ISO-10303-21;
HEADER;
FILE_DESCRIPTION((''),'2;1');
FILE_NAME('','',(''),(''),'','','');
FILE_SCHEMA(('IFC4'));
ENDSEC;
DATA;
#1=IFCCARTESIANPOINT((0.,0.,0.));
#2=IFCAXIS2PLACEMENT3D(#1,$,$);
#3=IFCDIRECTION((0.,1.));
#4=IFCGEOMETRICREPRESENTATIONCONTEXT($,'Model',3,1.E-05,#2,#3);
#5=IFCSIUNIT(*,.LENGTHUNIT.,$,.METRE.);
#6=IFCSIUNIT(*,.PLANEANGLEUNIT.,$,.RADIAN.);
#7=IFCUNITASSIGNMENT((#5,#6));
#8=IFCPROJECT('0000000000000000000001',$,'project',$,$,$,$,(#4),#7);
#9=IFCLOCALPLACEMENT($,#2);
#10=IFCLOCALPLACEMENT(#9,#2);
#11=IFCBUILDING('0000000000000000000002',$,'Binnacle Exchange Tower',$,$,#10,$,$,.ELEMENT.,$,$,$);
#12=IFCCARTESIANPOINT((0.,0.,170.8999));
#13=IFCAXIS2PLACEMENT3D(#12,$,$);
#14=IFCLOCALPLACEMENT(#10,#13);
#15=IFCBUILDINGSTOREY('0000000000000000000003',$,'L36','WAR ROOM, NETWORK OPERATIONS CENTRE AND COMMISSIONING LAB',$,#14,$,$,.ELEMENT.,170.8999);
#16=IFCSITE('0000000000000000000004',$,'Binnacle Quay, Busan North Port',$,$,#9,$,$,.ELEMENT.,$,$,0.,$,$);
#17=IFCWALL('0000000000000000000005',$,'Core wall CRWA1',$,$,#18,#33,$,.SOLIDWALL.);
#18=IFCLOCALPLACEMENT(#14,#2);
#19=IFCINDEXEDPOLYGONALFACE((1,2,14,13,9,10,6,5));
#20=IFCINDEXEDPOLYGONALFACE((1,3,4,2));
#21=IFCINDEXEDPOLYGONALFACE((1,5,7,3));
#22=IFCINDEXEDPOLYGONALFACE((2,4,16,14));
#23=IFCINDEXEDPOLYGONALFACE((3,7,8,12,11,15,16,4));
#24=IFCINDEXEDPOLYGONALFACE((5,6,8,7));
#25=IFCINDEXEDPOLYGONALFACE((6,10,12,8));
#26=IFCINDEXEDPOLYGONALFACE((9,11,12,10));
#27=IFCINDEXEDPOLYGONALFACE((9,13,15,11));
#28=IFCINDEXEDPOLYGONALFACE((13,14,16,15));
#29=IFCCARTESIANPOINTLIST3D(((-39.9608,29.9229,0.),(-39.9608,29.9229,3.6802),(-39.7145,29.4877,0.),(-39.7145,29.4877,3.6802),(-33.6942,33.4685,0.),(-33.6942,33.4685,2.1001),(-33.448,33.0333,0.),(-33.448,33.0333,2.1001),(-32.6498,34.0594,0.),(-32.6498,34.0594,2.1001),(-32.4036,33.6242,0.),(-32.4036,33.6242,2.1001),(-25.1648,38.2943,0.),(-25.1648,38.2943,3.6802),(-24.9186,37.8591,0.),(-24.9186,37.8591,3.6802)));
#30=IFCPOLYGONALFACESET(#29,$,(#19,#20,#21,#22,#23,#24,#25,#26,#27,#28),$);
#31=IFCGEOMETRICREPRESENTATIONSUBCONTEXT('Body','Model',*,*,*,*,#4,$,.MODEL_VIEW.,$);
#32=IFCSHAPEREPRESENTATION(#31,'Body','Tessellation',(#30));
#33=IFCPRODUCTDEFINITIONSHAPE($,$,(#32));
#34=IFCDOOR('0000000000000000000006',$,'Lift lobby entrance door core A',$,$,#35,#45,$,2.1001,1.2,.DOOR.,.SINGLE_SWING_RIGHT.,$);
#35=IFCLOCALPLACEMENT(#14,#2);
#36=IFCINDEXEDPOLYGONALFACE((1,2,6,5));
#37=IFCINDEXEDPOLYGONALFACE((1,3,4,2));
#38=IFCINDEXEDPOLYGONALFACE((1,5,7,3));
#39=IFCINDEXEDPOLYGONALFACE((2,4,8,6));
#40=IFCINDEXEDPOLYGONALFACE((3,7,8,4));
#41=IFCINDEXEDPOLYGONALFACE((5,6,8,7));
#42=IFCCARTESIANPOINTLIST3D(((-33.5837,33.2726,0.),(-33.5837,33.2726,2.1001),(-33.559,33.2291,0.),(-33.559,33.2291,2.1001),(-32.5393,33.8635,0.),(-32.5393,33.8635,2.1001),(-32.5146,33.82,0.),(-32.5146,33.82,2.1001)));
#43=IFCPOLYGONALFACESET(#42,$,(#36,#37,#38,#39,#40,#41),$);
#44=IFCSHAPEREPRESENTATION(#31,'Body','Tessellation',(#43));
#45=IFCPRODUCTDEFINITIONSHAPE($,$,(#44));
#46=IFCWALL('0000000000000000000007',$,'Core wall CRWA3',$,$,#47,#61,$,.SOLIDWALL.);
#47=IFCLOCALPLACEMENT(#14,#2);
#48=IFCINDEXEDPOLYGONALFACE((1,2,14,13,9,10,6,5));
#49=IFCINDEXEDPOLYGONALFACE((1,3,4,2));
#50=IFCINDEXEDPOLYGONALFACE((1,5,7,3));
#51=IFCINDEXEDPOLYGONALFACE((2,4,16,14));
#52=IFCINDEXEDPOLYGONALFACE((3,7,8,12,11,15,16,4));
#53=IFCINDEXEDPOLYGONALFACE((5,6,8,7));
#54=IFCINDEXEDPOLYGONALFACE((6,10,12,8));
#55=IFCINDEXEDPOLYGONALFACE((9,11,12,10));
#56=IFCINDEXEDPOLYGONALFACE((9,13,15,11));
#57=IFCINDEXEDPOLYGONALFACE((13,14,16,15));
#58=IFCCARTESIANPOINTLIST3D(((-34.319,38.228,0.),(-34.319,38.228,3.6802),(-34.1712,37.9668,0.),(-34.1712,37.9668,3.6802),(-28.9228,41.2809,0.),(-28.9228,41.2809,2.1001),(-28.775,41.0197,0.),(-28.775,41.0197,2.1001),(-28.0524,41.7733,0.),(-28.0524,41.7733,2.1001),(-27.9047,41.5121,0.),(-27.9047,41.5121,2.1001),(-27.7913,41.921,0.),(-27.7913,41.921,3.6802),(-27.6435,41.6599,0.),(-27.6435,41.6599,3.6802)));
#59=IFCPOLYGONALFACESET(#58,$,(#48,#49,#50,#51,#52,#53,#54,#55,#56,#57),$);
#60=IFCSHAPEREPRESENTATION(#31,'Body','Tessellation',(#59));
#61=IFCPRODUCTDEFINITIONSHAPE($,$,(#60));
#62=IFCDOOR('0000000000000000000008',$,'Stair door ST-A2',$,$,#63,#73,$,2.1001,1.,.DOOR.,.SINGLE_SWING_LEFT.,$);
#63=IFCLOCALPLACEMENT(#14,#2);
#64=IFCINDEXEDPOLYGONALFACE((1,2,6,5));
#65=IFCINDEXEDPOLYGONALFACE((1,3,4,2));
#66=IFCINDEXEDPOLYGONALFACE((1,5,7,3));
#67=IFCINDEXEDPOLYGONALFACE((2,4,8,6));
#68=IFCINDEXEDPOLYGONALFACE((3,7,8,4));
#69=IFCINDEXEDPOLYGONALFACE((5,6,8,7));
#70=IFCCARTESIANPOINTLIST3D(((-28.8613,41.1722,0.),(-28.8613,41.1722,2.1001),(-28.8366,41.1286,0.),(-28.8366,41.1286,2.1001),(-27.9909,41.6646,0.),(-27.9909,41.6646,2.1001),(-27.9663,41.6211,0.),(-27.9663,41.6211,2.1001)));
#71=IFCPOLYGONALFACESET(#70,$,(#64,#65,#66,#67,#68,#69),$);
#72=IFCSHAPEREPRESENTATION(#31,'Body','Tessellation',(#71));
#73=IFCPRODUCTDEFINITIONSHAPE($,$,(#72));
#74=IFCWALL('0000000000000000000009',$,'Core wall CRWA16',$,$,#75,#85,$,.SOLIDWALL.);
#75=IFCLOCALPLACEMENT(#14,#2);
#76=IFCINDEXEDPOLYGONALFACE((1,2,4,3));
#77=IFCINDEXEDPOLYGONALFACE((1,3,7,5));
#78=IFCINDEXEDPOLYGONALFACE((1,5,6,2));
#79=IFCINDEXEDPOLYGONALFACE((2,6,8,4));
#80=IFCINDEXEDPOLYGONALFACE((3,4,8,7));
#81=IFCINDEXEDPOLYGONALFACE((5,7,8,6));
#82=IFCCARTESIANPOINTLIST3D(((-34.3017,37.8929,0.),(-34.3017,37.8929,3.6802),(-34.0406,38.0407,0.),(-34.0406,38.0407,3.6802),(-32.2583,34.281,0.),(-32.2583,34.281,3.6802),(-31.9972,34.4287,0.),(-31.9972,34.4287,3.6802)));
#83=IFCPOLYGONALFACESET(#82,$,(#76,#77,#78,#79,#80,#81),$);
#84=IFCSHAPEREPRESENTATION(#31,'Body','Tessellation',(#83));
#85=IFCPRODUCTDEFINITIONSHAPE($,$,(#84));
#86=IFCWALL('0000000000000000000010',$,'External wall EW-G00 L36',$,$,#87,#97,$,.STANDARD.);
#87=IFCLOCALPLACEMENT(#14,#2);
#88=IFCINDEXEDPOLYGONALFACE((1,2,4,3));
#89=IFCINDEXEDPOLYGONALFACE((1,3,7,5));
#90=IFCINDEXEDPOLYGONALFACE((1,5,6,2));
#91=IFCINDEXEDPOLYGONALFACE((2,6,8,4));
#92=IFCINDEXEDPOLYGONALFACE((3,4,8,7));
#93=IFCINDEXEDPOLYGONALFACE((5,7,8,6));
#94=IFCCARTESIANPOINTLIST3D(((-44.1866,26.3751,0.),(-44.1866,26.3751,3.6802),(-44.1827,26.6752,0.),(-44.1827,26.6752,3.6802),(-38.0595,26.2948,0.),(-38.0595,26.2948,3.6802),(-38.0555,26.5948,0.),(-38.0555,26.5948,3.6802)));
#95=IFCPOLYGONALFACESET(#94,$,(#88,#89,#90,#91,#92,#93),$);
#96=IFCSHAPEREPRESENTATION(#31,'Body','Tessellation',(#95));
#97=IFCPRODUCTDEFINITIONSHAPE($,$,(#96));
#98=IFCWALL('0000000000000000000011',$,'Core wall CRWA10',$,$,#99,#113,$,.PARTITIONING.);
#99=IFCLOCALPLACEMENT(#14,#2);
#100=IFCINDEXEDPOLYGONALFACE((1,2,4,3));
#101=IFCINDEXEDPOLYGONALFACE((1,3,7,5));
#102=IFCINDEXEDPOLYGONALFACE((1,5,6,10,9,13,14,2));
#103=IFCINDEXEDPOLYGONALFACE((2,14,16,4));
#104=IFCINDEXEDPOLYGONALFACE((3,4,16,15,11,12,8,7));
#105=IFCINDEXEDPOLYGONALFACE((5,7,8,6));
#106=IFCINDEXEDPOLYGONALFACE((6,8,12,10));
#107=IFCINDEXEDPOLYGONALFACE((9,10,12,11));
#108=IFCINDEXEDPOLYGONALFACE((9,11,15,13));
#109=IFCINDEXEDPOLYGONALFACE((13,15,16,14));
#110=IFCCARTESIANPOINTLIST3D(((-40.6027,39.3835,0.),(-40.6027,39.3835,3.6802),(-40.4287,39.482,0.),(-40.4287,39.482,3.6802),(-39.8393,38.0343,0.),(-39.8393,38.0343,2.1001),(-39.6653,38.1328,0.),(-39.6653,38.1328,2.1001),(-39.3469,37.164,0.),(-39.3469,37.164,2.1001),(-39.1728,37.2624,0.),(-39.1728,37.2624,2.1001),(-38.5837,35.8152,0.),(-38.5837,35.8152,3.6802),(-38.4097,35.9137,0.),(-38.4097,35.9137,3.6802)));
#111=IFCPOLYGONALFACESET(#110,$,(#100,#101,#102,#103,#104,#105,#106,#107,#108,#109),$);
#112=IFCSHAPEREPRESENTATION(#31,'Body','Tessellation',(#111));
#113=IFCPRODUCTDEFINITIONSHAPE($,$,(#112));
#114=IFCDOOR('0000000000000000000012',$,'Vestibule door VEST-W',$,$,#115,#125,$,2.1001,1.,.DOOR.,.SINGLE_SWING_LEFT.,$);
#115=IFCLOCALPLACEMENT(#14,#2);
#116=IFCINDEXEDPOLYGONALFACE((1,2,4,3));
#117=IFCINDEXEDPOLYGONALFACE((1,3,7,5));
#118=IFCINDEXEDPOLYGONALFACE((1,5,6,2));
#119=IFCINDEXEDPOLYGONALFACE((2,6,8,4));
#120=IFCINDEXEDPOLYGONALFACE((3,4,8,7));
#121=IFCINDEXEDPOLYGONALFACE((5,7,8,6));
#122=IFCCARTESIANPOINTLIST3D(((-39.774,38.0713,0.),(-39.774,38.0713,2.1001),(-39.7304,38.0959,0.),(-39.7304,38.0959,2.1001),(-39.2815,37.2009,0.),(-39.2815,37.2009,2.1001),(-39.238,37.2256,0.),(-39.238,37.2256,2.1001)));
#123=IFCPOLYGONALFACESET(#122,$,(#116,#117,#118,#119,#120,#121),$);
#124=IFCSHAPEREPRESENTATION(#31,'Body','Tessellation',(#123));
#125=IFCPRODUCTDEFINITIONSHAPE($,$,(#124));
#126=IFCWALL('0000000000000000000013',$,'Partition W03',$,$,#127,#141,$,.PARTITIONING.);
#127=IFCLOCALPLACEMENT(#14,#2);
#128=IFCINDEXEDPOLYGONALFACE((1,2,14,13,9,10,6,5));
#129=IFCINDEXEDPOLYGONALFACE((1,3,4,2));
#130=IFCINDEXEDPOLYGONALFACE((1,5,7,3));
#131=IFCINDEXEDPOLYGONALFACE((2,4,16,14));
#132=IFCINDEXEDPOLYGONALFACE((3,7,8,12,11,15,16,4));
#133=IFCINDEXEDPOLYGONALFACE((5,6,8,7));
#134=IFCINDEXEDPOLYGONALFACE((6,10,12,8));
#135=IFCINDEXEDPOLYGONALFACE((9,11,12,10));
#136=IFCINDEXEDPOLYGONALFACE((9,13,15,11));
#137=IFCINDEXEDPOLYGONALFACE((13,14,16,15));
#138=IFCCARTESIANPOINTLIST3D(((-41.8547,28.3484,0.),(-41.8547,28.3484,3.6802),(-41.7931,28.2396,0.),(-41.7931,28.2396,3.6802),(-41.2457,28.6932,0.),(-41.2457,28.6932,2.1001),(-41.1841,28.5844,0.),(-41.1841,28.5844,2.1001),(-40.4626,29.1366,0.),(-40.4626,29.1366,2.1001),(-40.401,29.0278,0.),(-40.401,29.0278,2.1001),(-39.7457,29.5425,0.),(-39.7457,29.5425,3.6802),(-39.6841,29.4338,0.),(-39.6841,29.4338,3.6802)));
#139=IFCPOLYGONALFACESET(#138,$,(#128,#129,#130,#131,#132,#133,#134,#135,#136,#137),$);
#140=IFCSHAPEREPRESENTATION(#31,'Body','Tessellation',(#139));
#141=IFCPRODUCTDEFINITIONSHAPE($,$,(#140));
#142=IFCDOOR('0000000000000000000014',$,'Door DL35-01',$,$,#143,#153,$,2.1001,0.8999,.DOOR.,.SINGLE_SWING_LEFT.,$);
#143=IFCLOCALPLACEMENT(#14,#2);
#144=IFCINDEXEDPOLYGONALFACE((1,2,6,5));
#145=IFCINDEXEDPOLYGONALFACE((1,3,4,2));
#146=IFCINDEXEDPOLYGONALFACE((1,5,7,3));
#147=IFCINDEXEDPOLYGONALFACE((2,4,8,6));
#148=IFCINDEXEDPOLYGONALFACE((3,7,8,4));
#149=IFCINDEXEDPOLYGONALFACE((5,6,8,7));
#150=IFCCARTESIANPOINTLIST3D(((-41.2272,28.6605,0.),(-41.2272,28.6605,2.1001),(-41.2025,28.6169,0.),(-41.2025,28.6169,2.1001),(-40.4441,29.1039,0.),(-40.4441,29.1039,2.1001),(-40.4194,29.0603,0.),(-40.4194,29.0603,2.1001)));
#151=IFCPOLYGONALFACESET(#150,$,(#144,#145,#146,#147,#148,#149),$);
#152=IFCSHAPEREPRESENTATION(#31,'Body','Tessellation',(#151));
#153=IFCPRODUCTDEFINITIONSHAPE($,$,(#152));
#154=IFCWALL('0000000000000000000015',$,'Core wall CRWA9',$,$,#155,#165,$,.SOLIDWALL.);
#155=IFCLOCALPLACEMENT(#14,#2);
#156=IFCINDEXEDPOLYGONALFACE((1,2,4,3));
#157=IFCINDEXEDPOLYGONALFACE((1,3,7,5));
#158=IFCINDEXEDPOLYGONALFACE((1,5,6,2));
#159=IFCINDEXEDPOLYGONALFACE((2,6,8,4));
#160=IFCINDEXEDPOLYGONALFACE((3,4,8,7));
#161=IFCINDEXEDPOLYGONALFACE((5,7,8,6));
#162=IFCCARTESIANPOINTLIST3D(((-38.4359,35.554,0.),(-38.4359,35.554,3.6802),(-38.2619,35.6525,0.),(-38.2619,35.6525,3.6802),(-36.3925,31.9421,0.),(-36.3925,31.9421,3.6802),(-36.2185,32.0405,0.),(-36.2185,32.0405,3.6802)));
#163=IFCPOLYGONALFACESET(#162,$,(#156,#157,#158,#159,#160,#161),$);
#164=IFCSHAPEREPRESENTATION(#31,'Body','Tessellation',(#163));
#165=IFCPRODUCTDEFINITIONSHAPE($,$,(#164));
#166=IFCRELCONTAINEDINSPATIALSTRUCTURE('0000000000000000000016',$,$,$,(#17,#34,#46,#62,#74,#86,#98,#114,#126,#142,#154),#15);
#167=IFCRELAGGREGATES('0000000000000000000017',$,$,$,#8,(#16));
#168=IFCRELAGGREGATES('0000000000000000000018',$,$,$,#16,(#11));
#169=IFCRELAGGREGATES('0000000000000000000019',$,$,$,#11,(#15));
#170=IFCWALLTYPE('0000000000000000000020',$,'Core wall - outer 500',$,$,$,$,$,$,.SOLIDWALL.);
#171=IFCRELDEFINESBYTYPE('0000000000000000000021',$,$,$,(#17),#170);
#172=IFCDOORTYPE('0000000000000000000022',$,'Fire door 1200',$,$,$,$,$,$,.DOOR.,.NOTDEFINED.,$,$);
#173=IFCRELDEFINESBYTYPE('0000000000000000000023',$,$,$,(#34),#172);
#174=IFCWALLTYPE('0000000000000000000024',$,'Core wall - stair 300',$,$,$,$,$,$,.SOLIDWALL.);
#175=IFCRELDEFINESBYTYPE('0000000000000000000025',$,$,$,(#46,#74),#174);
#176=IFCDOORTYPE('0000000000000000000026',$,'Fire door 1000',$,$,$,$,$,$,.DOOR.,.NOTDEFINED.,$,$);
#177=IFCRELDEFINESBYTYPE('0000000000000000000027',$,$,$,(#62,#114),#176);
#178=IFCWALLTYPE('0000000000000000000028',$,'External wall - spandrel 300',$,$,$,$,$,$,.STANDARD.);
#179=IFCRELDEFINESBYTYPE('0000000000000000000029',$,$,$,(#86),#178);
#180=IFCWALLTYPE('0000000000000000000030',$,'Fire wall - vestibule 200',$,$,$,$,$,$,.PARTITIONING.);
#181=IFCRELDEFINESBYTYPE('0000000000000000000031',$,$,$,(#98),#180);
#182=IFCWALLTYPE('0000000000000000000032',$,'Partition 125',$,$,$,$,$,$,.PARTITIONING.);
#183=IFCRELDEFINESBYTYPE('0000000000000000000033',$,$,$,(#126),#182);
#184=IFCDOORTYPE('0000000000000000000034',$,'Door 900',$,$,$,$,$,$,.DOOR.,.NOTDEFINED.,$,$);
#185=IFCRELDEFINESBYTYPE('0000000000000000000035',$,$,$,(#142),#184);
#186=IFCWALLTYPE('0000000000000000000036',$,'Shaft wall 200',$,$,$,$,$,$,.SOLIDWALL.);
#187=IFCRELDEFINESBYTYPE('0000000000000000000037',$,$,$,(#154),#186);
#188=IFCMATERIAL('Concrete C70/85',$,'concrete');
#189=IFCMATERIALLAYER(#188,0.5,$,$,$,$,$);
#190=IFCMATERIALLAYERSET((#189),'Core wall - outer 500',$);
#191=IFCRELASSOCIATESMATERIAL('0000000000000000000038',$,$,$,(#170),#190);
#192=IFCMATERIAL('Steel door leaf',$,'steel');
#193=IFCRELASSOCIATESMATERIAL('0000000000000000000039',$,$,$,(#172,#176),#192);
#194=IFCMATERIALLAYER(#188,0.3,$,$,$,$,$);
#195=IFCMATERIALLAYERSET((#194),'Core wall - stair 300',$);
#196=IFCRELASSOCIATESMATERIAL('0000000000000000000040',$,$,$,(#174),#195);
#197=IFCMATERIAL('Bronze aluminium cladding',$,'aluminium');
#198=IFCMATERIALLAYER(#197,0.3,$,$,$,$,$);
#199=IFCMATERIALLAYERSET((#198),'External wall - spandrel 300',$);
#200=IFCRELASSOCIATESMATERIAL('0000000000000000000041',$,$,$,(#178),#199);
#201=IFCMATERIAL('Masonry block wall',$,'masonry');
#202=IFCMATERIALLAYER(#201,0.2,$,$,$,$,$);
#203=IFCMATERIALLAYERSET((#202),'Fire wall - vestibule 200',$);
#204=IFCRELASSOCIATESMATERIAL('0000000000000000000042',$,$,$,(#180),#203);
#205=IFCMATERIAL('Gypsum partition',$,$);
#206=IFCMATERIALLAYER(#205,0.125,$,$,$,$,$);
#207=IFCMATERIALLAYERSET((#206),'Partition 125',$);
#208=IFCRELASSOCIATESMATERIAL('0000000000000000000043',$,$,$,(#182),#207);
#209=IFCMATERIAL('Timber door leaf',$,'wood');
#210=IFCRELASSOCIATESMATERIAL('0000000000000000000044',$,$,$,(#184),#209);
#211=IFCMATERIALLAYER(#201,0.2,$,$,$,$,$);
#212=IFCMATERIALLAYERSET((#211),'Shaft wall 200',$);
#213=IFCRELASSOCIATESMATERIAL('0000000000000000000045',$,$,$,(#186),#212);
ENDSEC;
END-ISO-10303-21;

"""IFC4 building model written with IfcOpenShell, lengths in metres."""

from ifc_helpers import new_model, si_unit, direction, frame, frame_2d, origin, place, context, subcontext, project, spatial, rectangle, extrude, material, layer, layer_set, type_object, element, fill, save


model = new_model("IFC4")

# Units and contexts
model_context = context("Model", 3, precision=1e-05, world=origin(), true_north=direction((0.0, 1.0)))
body_context = subcontext(model_context, "Body", "Model", "MODEL_VIEW")
ifc_project = project(units=[si_unit("LENGTHUNIT", "METRE"), si_unit("PLANEANGLEUNIT", "RADIAN")], contexts=[model_context])

# Site, building, storey
site_placement = place(None, origin())
site = spatial("IfcSite", under=ifc_project, at=site_placement, Name="Binnacle Quay, Busan North Port", CompositionType="ELEMENT", RefElevation=0.0)
building_placement = place(site_placement, origin())
building = spatial("IfcBuilding", under=site, at=building_placement, Name="Binnacle Exchange Tower", CompositionType="ELEMENT")
storey_placement = place(building_placement, frame((0.0, 0.0, 170.8999)))
storey = spatial("IfcBuildingStorey", under=building, at=storey_placement, Name="L36", Description="WAR ROOM, NETWORK OPERATIONS CENTRE AND COMMISSIONING LAB", CompositionType="ELEMENT", Elevation=170.8999)

# Shared definitions
ifc_material_1 = material(Name="Concrete C70/85", Category="concrete")

# Shared definitions
ifc_material_2 = material(Name="Steel door leaf", Category="steel")

# Walls, openings, doors
ifc_layer_1 = layer(ifc_material_1, 0.5)
ifc_layer_set_1 = layer_set([ifc_layer_1], Name="Core wall - outer 500")
wall_type_1 = type_object("IfcWallType", Name="Core wall - outer 500", PredefinedType="SOLIDWALL", material=ifc_layer_set_1)
wall_1_placement = place(storey_placement, frame((-39.8376, 29.7053, 0.0), z_axis=(0.0, 0.0, 1.0), x_axis=(0.87035, 0.492433, 0.0)))
wall_1 = element("IfcWall", 1, at=wall_1_placement, inside=storey, type_object=wall_type_1, Name="Core wall CRWA1", PredefinedType="SOLIDWALL", context=body_context, shape_type="SweptSolid", body=[
    extrude(rectangle(XDim=17.0, YDim=0.5, at=frame_2d((8.5, 0.0))), origin(), (0.0, 0.0, 1.0), 3.6802),
])
opening_1_placement = place(wall_1_placement, frame((7.2, 0.0, 0.0)))
opening_1 = element("IfcOpeningElement", 2, at=opening_1_placement, cuts=wall_1, PredefinedType="OPENING", context=body_context, shape_type="SweptSolid", body=[
    extrude(rectangle(XDim=1.2, YDim=2.1001, at=frame_2d((0.6001, 1.05))), frame((0.0, 0.26, 0.0), z_axis=(0.0, -1.0, 0.0), x_axis=(1.0, 0.0, 0.0)), (0.0, 0.0, 1.0), 0.52),
])
door_type_1 = type_object("IfcDoorType", Name="Fire door 1200", OperationType="NOTDEFINED", PredefinedType="DOOR", material=ifc_material_2)
door_1_placement = place(opening_1_placement, frame((1.2, 0.0, 0.0), z_axis=(0.0, 0.0, 1.0), x_axis=(-1.0, 0.0, 0.0)))
door_1 = element("IfcDoor", 3, at=door_1_placement, inside=storey, type_object=door_type_1, Name="Lift lobby entrance door core A", OperationType="SINGLE_SWING_RIGHT", OverallHeight=2.1001, OverallWidth=1.2, PredefinedType="DOOR", context=body_context, shape_type="SweptSolid", body=[
    extrude(rectangle(XDim=1.2, YDim=2.1001, at=frame_2d((0.6001, 1.05))), frame((0.0, 0.0249, 0.0), z_axis=(0.0, -1.0, 0.0), x_axis=(1.0, 0.0, 0.0)), (0.0, 0.0, 1.0), 0.05),
])
fill(opening_1, door_1)
ifc_layer_2 = layer(ifc_material_1, 0.3)
ifc_layer_set_2 = layer_set([ifc_layer_2], Name="Core wall - stair 300")
wall_type_2 = type_object("IfcWallType", Name="Core wall - stair 300", PredefinedType="SOLIDWALL", material=ifc_layer_set_2)
wall_2_placement = place(storey_placement, frame((-34.2451, 38.0974, 0.0), z_axis=(0.0, 0.0, 1.0), x_axis=(0.870365, 0.492408, 0.0)))
wall_2 = element("IfcWall", 4, at=wall_2_placement, inside=storey, type_object=wall_type_2, Name="Core wall CRWA3", PredefinedType="SOLIDWALL", context=body_context, shape_type="SweptSolid", body=[
    extrude(rectangle(XDim=7.5, YDim=0.3, at=frame_2d((3.75, 0.0))), origin(), (0.0, 0.0, 1.0), 3.6802),
])
opening_2_placement = place(wall_2_placement, frame((6.2, 0.0, 0.0)))
opening_2 = element("IfcOpeningElement", 5, at=opening_2_placement, cuts=wall_2, PredefinedType="OPENING", context=body_context, shape_type="SweptSolid", body=[
    extrude(rectangle(XDim=1.0, YDim=2.1001, at=frame_2d((0.5, 1.05))), frame((0.0, 0.1599, 0.0), z_axis=(0.0, -1.0, 0.0), x_axis=(1.0, 0.0, 0.0)), (0.0, 0.0, 1.0), 0.3201),
])
door_type_2 = type_object("IfcDoorType", Name="Fire door 1000", OperationType="NOTDEFINED", PredefinedType="DOOR", material=ifc_material_2)
door_2_placement = place(opening_2_placement, frame((1.0, 0.0, 0.0), z_axis=(0.0, 0.0, 1.0), x_axis=(-1.0, 0.0, 0.0)))
door_2 = element("IfcDoor", 6, at=door_2_placement, inside=storey, type_object=door_type_2, Name="Stair door ST-A2", OperationType="SINGLE_SWING_LEFT", OverallHeight=2.1001, OverallWidth=1.0, PredefinedType="DOOR", context=body_context, shape_type="SweptSolid", body=[
    extrude(rectangle(XDim=1.0, YDim=2.1001, at=frame_2d((0.5, 1.05))), frame((0.0, 0.0249, 0.0), z_axis=(0.0, -1.0, 0.0), x_axis=(1.0, 0.0, 0.0)), (0.0, 0.0, 1.0), 0.05),
])
fill(opening_2, door_2)

# Walls
wall_3_placement = place(storey_placement, frame((-34.1711, 37.9668, 0.0), z_axis=(0.0, 0.0, 1.0), x_axis=(0.492396, -0.870371, 0.0)))
element("IfcWall", 7, at=wall_3_placement, inside=storey, type_object=wall_type_2, Name="Core wall CRWA16", PredefinedType="SOLIDWALL", context=body_context, shape_type="SweptSolid", body=[
    extrude(rectangle(XDim=4.1499, YDim=0.3, at=frame_2d((2.075, 0.0))), origin(), (0.0, 0.0, 1.0), 3.6802),
])
ifc_material_3 = material(Name="Bronze aluminium cladding", Category="aluminium")
ifc_layer_3 = layer(ifc_material_3, 0.3)
ifc_layer_set_3 = layer_set([ifc_layer_3], Name="External wall - spandrel 300")
wall_type_3 = type_object("IfcWallType", Name="External wall - spandrel 300", PredefinedType="STANDARD", material=ifc_layer_set_3)
wall_4_placement = place(storey_placement, frame((-38.0574, 26.4448, 0.0), z_axis=(0.0, 0.0, 1.0), x_axis=(-0.999914, 0.013108, 0.0)))
element("IfcWall", 8, at=wall_4_placement, inside=storey, type_object=wall_type_3, Name="External wall EW-G00 L36", PredefinedType="STANDARD", context=body_context, shape_type="SweptSolid", body=[
    extrude(rectangle(XDim=6.1277, YDim=0.3, at=frame_2d((3.064, 0.0))), origin(), (0.0, 0.0, 1.0), 3.6802),
])

# Walls, openings, doors
ifc_material_4 = material(Name="Masonry block wall", Category="masonry")
ifc_layer_4 = layer(ifc_material_4, 0.2)
ifc_layer_set_4 = layer_set([ifc_layer_4], Name="Fire wall - vestibule 200")
wall_type_4 = type_object("IfcWallType", Name="Fire wall - vestibule 200", PredefinedType="PARTITIONING", material=ifc_layer_set_4)
wall_5_placement = place(storey_placement, frame((-40.5156, 39.4326, 0.0), z_axis=(0.0, 0.0, 1.0), x_axis=(0.492454, -0.870339, 0.0)))
wall_5 = element("IfcWall", 9, at=wall_5_placement, inside=storey, type_object=wall_type_4, Name="Core wall CRWA10", PredefinedType="PARTITIONING", context=body_context, shape_type="SweptSolid", body=[
    extrude(rectangle(XDim=4.0999, YDim=0.2, at=frame_2d((2.0498, 0.0))), origin(), (0.0, 0.0, 1.0), 3.6802),
])
opening_3_placement = place(wall_5_placement, frame((1.55, 0.0, 0.0)))
opening_3 = element("IfcOpeningElement", 10, at=opening_3_placement, cuts=wall_5, PredefinedType="OPENING", context=body_context, shape_type="SweptSolid", body=[
    extrude(rectangle(XDim=1.0, YDim=2.1001, at=frame_2d((0.5, 1.05))), frame((0.0, 0.1099, 0.0), z_axis=(0.0, -1.0, 0.0), x_axis=(1.0, 0.0, 0.0)), (0.0, 0.0, 1.0), 0.22),
])
door_3_placement = place(opening_3_placement, frame((1.0, 0.0, 0.0), z_axis=(0.0, 0.0, 1.0), x_axis=(-1.0, 0.0, 0.0)))
door_3 = element("IfcDoor", 11, at=door_3_placement, inside=storey, type_object=door_type_2, Name="Vestibule door VEST-W", OperationType="SINGLE_SWING_LEFT", OverallHeight=2.1001, OverallWidth=1.0, PredefinedType="DOOR", context=body_context, shape_type="SweptSolid", body=[
    extrude(rectangle(XDim=1.0, YDim=2.1001, at=frame_2d((0.5, 1.05))), frame((0.0, 0.0249, 0.0), z_axis=(0.0, -1.0, 0.0), x_axis=(1.0, 0.0, 0.0)), (0.0, 0.0, 1.0), 0.05),
])
fill(opening_3, door_3)
ifc_material_5 = material(Name="Gypsum partition")
ifc_layer_5 = layer(ifc_material_5, 0.125)
ifc_layer_set_5 = layer_set([ifc_layer_5], Name="Partition 125")
wall_type_5 = type_object("IfcWallType", Name="Partition 125", PredefinedType="PARTITIONING", material=ifc_layer_set_5)
wall_6_placement = place(storey_placement, frame((-41.824, 28.2939, 0.0), z_axis=(0.0, 0.0, 1.0), x_axis=(0.870189, 0.492718, 0.0)))
wall_6 = element("IfcWall", 12, at=wall_6_placement, inside=storey, type_object=wall_type_5, Name="Partition W03", PredefinedType="PARTITIONING", context=body_context, shape_type="SweptSolid", body=[
    extrude(rectangle(XDim=2.4236, YDim=0.125, at=frame_2d((1.2119, 0.0))), origin(), (0.0, 0.0, 1.0), 3.6802),
])
opening_4_placement = place(wall_6_placement, frame((0.7, 0.0, 0.0)))
opening_4 = element("IfcOpeningElement", 13, at=opening_4_placement, cuts=wall_6, PredefinedType="OPENING", context=body_context, shape_type="SweptSolid", body=[
    extrude(rectangle(XDim=0.8999, YDim=2.1001, at=frame_2d((0.45, 1.05))), frame((0.0, 0.0725, 0.0), z_axis=(0.0, -1.0, 0.0), x_axis=(1.0, 0.0, 0.0)), (0.0, 0.0, 1.0), 0.145),
])
ifc_material_6 = material(Name="Timber door leaf", Category="wood")
door_type_3 = type_object("IfcDoorType", Name="Door 900", OperationType="NOTDEFINED", PredefinedType="DOOR", material=ifc_material_6)
door_4_placement = place(opening_4_placement, origin())
door_4 = element("IfcDoor", 14, at=door_4_placement, inside=storey, type_object=door_type_3, Name="Door DL35-01", OperationType="SINGLE_SWING_LEFT", OverallHeight=2.1001, OverallWidth=0.8999, PredefinedType="DOOR", context=body_context, shape_type="SweptSolid", body=[
    extrude(rectangle(XDim=0.8999, YDim=2.1001, at=frame_2d((0.45, 1.05))), frame((0.0, 0.0249, 0.0), z_axis=(0.0, -1.0, 0.0), x_axis=(1.0, 0.0, 0.0)), (0.0, 0.0, 1.0), 0.05),
])
fill(opening_4, door_4)

# Wall
ifc_layer_6 = layer(ifc_material_4, 0.2)
ifc_layer_set_6 = layer_set([ifc_layer_6], Name="Shaft wall 200")
wall_type_6 = type_object("IfcWallType", Name="Shaft wall 200", PredefinedType="SOLIDWALL", material=ifc_layer_set_6)
wall_7_placement = place(storey_placement, frame((-38.3489, 35.6033, 0.0), z_axis=(0.0, 0.0, 1.0), x_axis=(0.492396, -0.870371, 0.0)))
element("IfcWall", 15, at=wall_7_placement, inside=storey, type_object=wall_type_6, Name="Core wall CRWA9", PredefinedType="SOLIDWALL", context=body_context, shape_type="SweptSolid", body=[
    extrude(rectangle(XDim=4.1499, YDim=0.2, at=frame_2d((2.075, 0.0))), origin(), (0.0, 0.0, 1.0), 3.6802),
])

save(model, "model.ifc")
